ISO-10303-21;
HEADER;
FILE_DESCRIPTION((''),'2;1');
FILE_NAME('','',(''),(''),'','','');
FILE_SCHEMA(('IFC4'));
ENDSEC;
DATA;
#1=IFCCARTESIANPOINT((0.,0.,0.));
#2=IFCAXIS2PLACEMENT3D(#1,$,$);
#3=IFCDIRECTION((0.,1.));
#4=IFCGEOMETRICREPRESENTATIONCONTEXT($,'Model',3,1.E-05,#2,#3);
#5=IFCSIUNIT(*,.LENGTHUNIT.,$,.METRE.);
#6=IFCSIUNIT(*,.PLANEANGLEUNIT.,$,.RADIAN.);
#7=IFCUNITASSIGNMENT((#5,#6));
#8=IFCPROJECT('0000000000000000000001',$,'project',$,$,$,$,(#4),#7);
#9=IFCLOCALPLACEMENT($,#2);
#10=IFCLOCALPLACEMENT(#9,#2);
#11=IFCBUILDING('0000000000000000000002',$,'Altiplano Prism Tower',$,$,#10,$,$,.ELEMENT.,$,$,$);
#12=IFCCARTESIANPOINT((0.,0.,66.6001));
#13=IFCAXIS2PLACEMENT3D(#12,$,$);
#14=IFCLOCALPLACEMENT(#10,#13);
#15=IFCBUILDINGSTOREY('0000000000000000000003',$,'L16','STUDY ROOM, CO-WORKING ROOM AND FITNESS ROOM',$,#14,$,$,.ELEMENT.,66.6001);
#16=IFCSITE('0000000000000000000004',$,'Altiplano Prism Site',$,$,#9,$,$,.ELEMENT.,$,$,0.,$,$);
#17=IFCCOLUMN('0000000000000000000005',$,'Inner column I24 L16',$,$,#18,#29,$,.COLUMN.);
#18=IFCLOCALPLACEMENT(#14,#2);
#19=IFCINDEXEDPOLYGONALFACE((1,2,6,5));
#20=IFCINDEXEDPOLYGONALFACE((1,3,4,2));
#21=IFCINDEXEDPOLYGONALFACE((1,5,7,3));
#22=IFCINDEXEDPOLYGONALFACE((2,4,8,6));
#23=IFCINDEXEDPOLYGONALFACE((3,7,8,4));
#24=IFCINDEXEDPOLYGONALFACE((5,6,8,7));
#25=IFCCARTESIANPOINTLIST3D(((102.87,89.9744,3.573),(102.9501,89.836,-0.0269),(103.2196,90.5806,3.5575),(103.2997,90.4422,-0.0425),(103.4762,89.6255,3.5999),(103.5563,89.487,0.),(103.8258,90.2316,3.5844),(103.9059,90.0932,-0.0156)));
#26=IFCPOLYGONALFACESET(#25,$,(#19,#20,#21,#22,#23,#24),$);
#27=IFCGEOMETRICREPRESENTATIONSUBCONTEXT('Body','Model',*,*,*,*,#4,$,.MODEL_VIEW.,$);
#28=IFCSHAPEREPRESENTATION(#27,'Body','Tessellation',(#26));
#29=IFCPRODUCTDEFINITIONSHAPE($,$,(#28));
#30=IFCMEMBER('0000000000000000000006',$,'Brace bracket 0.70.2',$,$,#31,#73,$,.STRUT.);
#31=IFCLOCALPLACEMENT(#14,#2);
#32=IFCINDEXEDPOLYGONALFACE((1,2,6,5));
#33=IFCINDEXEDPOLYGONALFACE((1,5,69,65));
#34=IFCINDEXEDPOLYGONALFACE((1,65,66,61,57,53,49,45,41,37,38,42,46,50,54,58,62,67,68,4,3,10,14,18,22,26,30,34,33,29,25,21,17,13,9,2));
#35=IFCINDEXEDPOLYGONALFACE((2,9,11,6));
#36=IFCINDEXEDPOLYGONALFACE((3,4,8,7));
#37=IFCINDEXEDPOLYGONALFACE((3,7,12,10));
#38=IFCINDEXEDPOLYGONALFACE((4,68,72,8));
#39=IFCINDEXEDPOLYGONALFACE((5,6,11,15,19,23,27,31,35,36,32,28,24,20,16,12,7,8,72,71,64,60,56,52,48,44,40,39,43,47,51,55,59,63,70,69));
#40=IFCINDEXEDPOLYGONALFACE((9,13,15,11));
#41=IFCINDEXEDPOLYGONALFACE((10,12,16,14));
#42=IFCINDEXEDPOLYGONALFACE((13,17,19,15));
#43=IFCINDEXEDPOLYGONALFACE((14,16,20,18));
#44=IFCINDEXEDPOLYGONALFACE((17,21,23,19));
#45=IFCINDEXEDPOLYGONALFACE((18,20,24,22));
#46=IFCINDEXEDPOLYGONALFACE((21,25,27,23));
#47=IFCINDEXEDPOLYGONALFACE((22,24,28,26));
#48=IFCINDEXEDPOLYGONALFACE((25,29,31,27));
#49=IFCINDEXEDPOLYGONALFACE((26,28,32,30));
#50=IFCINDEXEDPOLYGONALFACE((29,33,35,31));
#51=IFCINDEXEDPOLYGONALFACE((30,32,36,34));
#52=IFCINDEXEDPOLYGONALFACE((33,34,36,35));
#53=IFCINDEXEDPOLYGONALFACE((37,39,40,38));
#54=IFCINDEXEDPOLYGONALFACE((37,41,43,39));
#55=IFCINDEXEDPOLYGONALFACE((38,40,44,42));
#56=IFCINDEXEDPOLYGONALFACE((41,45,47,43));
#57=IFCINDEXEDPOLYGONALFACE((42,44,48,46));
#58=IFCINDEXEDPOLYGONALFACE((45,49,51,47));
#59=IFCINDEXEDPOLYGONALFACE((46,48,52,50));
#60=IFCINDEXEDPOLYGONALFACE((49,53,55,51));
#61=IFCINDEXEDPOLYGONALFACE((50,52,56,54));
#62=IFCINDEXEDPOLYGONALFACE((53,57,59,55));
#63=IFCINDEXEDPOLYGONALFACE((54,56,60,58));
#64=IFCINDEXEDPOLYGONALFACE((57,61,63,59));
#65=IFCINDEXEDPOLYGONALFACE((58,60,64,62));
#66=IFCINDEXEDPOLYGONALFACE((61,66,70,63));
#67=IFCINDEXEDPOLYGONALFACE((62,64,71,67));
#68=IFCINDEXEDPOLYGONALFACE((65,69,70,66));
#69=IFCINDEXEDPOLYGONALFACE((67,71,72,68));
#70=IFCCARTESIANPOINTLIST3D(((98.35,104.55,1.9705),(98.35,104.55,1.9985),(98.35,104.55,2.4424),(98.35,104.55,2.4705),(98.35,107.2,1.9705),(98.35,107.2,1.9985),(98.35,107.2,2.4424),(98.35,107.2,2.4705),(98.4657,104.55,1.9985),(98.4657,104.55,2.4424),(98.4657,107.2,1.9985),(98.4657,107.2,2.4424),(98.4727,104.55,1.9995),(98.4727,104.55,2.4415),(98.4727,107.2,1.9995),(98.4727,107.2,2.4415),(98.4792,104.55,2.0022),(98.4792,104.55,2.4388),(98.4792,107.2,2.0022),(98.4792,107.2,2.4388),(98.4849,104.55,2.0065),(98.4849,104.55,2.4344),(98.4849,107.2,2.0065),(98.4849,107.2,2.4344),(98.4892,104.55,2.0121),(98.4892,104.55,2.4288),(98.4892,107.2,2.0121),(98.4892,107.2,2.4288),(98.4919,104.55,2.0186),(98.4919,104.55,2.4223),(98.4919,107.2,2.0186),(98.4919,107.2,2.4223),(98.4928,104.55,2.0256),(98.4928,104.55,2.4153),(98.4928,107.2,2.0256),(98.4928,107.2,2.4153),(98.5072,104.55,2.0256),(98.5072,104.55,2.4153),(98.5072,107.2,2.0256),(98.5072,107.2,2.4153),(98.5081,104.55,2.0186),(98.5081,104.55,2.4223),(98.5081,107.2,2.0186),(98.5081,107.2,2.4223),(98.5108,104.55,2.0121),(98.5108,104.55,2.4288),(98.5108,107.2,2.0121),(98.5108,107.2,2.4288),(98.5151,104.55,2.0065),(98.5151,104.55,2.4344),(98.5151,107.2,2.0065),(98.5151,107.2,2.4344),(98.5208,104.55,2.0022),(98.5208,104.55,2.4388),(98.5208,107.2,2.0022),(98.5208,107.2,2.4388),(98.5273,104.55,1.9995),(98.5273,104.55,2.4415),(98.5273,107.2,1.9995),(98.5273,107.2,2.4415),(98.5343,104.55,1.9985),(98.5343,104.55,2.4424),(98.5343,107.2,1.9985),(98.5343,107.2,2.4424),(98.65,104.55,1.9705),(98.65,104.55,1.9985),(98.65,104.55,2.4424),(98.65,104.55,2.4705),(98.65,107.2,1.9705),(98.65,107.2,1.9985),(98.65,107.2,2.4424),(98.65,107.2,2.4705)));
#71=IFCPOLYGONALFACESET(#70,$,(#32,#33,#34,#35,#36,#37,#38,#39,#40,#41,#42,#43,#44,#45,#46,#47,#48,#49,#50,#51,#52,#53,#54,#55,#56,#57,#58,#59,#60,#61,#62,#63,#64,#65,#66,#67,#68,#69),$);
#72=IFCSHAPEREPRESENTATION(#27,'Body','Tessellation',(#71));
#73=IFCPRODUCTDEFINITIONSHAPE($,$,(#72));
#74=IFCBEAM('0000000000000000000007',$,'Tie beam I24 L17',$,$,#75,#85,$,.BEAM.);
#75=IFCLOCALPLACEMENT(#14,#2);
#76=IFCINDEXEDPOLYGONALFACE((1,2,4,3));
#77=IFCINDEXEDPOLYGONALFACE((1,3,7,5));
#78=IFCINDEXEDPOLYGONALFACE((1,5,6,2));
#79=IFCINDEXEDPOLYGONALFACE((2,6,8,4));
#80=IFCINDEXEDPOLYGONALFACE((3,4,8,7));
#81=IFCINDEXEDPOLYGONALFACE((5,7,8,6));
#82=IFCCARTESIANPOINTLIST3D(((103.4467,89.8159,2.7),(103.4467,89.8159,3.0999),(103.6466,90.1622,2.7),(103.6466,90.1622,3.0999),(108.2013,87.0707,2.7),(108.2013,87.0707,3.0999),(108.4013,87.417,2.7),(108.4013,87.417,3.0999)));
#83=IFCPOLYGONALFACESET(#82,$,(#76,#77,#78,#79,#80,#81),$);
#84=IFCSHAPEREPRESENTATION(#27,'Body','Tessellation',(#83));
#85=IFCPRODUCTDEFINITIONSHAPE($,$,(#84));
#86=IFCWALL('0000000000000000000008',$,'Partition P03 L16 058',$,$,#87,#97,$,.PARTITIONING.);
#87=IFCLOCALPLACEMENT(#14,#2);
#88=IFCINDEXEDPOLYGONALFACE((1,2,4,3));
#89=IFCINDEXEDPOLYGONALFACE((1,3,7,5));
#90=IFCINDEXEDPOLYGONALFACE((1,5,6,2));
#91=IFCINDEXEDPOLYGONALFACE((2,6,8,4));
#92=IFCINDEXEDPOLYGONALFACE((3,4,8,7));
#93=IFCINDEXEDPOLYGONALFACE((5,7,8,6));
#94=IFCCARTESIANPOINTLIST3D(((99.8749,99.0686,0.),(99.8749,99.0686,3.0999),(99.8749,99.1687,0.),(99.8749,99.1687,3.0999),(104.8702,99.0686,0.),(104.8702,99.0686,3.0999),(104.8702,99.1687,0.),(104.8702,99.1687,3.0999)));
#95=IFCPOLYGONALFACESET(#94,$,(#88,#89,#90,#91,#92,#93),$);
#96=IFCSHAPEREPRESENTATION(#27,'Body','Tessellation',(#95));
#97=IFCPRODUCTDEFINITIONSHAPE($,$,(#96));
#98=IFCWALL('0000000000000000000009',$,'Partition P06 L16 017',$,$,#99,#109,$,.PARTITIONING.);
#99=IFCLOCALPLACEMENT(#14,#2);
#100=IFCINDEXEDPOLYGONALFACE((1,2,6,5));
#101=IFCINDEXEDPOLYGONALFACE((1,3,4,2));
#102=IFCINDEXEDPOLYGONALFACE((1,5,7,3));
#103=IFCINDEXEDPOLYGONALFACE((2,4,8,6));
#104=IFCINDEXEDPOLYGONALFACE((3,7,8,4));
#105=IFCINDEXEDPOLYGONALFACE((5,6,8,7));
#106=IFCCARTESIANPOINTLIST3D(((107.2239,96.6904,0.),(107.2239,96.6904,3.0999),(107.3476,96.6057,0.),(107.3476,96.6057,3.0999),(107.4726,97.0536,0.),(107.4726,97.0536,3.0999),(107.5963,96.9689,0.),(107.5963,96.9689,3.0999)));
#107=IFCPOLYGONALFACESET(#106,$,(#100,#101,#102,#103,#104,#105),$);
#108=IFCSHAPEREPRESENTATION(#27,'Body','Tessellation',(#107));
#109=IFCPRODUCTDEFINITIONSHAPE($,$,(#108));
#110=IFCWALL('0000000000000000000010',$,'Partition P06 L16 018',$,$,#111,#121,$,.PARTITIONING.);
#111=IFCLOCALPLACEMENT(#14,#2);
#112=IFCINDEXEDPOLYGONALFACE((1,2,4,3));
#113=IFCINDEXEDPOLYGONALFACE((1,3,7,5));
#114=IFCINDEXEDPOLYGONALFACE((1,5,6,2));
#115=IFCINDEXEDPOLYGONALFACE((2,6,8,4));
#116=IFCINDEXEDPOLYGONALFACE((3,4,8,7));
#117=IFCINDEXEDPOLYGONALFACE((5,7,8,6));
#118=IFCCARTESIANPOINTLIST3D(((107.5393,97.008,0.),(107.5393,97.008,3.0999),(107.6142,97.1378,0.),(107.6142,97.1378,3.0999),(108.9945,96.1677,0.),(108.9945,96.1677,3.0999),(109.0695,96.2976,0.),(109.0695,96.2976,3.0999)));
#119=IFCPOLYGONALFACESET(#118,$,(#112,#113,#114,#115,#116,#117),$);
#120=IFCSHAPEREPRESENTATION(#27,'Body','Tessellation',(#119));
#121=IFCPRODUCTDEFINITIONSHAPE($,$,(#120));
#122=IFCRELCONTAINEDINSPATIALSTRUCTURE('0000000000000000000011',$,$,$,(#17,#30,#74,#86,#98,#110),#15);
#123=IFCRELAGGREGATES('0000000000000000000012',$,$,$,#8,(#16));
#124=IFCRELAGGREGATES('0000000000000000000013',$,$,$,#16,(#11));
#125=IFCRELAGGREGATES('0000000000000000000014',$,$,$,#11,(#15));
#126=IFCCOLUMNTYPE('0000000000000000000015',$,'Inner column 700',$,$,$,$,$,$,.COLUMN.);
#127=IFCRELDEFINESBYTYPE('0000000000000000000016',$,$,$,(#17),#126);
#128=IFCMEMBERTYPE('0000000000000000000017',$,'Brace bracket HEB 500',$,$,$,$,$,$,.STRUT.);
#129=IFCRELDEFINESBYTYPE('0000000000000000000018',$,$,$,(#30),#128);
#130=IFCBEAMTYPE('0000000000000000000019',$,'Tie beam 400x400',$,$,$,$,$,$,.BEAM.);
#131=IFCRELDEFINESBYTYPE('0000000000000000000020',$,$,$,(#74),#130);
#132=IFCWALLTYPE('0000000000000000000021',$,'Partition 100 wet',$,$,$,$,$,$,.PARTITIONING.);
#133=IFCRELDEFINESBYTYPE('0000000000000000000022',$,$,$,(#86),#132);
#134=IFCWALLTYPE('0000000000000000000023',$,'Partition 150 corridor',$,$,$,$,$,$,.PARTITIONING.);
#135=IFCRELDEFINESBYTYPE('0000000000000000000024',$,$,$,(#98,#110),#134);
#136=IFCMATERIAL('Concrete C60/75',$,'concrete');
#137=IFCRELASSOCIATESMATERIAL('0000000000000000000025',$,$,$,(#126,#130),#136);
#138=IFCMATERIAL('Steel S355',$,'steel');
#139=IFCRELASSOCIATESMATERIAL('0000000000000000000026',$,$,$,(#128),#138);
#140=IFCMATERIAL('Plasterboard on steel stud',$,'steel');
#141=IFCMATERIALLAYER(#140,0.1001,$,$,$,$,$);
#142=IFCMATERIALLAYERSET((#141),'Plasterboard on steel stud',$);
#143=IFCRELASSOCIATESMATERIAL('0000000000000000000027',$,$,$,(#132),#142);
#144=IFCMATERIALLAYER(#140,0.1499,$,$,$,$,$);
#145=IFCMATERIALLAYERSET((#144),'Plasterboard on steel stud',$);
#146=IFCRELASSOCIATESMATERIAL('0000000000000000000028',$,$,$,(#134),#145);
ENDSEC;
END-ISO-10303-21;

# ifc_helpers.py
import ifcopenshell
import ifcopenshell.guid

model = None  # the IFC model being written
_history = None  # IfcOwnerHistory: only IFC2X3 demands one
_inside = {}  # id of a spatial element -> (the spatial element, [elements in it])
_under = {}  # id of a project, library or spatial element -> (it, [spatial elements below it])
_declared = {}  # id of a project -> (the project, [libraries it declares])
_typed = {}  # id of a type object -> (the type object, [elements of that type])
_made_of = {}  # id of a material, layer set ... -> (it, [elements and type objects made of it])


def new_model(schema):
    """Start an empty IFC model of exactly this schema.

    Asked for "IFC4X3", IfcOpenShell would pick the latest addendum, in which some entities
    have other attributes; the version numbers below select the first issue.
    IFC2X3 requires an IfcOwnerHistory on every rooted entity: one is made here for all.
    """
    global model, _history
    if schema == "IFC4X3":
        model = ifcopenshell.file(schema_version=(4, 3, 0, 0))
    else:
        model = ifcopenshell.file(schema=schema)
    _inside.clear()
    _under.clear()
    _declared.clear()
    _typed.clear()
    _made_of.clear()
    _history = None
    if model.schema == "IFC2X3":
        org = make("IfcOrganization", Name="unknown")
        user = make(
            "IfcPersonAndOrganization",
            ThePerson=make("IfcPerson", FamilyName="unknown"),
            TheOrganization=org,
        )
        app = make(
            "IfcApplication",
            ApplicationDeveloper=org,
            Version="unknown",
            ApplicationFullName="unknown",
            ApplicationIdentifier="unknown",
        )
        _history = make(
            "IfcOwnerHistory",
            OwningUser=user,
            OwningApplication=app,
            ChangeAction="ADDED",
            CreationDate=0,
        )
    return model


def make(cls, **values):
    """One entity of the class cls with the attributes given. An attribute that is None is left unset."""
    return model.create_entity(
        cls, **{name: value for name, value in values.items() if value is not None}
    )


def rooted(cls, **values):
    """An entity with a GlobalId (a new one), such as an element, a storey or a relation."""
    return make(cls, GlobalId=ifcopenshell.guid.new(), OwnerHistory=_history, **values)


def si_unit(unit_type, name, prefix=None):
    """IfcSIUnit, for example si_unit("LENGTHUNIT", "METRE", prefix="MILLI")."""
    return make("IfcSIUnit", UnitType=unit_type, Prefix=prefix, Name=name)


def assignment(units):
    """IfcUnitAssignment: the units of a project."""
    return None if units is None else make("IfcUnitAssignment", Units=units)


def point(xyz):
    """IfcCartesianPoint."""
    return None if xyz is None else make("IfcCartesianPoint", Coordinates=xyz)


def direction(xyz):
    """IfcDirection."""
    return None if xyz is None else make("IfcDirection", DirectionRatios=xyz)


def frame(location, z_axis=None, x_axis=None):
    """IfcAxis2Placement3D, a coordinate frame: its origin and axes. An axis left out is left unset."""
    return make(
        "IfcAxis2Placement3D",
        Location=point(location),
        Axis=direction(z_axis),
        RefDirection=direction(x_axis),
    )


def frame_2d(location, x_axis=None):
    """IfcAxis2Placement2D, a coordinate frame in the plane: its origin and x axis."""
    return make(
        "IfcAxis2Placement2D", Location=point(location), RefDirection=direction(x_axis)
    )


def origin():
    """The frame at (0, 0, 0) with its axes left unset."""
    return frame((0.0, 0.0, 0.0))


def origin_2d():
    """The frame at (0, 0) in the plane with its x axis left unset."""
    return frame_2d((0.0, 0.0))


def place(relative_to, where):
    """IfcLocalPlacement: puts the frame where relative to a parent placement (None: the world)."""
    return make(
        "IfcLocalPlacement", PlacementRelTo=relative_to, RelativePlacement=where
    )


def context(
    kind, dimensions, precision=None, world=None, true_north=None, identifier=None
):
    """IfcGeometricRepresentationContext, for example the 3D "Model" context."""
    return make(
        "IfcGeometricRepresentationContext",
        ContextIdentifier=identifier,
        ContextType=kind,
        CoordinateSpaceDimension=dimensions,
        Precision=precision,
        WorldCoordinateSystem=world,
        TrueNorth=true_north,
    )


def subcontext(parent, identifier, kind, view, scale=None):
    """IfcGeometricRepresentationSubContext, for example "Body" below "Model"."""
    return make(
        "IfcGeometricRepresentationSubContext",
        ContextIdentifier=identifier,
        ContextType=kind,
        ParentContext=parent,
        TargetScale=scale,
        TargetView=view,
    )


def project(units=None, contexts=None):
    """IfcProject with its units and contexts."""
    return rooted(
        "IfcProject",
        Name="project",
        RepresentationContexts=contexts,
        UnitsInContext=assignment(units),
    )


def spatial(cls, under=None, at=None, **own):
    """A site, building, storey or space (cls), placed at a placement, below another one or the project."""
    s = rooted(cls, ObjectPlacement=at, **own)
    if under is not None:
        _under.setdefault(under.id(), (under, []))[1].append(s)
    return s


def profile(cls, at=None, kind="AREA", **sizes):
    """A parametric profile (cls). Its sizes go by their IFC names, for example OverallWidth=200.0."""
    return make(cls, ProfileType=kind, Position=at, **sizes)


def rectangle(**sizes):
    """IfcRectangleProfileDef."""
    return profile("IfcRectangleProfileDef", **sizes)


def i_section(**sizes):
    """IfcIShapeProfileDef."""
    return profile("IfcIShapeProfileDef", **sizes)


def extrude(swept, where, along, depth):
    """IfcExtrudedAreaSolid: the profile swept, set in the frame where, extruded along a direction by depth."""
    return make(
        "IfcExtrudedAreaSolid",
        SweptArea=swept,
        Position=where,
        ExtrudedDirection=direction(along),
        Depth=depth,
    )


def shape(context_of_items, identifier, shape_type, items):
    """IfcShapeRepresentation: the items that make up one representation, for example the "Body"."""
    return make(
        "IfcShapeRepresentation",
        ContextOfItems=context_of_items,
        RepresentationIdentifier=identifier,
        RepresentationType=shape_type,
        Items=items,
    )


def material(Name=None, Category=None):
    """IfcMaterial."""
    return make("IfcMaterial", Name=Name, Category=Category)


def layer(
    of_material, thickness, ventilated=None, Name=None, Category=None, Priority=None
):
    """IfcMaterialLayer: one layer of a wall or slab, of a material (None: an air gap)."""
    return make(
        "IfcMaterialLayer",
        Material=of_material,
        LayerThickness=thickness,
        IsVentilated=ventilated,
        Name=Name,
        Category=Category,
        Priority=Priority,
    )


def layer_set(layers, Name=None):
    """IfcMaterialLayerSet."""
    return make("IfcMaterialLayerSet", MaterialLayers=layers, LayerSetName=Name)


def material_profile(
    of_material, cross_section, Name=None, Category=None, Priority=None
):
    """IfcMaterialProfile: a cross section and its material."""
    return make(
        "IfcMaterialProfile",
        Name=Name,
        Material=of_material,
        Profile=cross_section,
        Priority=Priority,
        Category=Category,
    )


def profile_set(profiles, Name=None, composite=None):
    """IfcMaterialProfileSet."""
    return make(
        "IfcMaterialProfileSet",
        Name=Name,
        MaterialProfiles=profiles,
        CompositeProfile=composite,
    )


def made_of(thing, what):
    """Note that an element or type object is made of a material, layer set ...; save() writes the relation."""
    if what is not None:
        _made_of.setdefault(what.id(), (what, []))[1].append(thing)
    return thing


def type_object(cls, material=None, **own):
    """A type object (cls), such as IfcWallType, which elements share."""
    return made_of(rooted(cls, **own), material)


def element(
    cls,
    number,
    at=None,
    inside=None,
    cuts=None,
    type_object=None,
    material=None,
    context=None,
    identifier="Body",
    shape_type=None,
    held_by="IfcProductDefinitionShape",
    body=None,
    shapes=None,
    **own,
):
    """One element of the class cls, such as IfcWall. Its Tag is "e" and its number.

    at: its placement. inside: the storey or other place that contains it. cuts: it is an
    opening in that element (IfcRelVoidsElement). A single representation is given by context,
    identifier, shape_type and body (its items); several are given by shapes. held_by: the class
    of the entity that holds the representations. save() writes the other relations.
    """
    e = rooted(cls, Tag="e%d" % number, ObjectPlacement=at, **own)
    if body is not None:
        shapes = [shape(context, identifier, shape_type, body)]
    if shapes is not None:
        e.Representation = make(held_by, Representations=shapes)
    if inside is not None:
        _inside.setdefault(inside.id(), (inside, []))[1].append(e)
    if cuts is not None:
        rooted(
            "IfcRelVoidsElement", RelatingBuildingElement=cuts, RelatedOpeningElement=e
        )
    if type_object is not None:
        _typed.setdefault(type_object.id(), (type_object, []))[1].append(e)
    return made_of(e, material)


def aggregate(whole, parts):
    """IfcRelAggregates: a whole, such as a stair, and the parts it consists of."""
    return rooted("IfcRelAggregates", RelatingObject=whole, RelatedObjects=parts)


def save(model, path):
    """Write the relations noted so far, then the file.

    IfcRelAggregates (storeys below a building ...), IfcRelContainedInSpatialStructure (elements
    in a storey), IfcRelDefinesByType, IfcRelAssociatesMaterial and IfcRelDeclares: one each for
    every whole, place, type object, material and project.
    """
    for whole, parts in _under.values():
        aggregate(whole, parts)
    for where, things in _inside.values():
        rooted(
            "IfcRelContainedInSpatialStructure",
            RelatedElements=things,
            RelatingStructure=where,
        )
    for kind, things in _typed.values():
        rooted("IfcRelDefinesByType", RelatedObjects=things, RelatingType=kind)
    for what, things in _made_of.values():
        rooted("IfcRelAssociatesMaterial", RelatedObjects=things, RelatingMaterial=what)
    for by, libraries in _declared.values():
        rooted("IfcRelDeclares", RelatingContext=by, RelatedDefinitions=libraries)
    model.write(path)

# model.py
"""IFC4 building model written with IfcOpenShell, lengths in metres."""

from ifc_helpers import new_model, si_unit, direction, frame, frame_2d, origin, origin_2d, place, context, subcontext, project, spatial, rectangle, i_section, extrude, material, layer, layer_set, material_profile, profile_set, type_object, element, save


model = new_model("IFC4")

# Units and contexts
model_context = context("Model", 3, precision=1e-05, world=origin(), true_north=direction((0.0, 1.0)))
body_context = subcontext(model_context, "Body", "Model", "MODEL_VIEW")
ifc_project = project(units=[si_unit("LENGTHUNIT", "METRE"), si_unit("PLANEANGLEUNIT", "RADIAN")], contexts=[model_context])

# Site, building, storey
site_placement = place(None, origin())
site = spatial("IfcSite", under=ifc_project, at=site_placement, Name="Altiplano Prism Site", CompositionType="ELEMENT", RefElevation=0.0)
building_placement = place(site_placement, origin())
building = spatial("IfcBuilding", under=site, at=building_placement, Name="Altiplano Prism Tower", CompositionType="ELEMENT")
storey_placement = place(building_placement, frame((0.0, 0.0, 66.6001)))
storey = spatial("IfcBuildingStorey", under=building, at=storey_placement, Name="L16", Description="STUDY ROOM, CO-WORKING ROOM AND FITNESS ROOM", CompositionType="ELEMENT", Elevation=66.6001)

# Column
ifc_material_1 = material(Name="Concrete C60/75", Category="concrete")
ifc_material_profile_1 = material_profile(ifc_material_1, rectangle(XDim=0.7, YDim=0.7, at=origin_2d()), Name="Inner column 700")
ifc_profile_set_1 = profile_set([ifc_material_profile_1], Name="Concrete C60/75")
column_type = type_object("IfcColumnType", Name="Inner column 700", PredefinedType="COLUMN", material=ifc_profile_set_1)
column_placement = place(storey_placement, frame((103.428, 89.9646, -0.0212), z_axis=(-0.022223, 0.038416, 0.999015), x_axis=(-0.499508, -0.866025, 0.02219)))
element("IfcColumn", 1, at=column_placement, inside=storey, type_object=column_type, Name="Inner column I24 L16", PredefinedType="COLUMN", context=body_context, shape_type="SweptSolid", body=[
    extrude(rectangle(XDim=0.7, YDim=0.7, at=origin_2d()), origin(), (0.0, 0.0, 1.0), 3.6035),
])

# Member
ifc_material_2 = material(Name="Steel S355", Category="steel")
ifc_material_profile_2 = material_profile(ifc_material_2, i_section(OverallWidth=0.3, OverallDepth=0.5, WebThickness=0.0144, FlangeThickness=0.0281, FilletRadius=0.0271, at=origin_2d()), Name="Brace bracket HEB 500")
ifc_profile_set_2 = profile_set([ifc_material_profile_2], Name="Steel S355")
member_type = type_object("IfcMemberType", Name="Brace bracket HEB 500", PredefinedType="STRUT", material=ifc_profile_set_2)
member_placement = place(storey_placement, frame((98.5, 104.55, 2.2205), z_axis=(0.0, 1.0, 0.0), x_axis=(-1.0, 0.0, 0.0)))
element("IfcMember", 2, at=member_placement, inside=storey, type_object=member_type, Name="Brace bracket 0.70.2", PredefinedType="STRUT", context=body_context, shape_type="SweptSolid", body=[
    extrude(i_section(OverallWidth=0.3, OverallDepth=0.5, WebThickness=0.0144, FlangeThickness=0.0281, FilletRadius=0.0271, at=origin_2d()), origin(), (0.0, 0.0, 1.0), 2.6499),
])

# Beam
ifc_material_profile_3 = material_profile(ifc_material_1, rectangle(XDim=0.3999, YDim=0.3999, at=origin_2d()), Name="Tie beam 400x400")
ifc_profile_set_3 = profile_set([ifc_material_profile_3], Name="Concrete C60/75")
beam_type = type_object("IfcBeamType", Name="Tie beam 400x400", PredefinedType="BEAM", material=ifc_profile_set_3)
beam_placement = place(storey_placement, frame((103.5466, 89.989, 2.8999), z_axis=(0.866023, -0.500003, 0.0), x_axis=(0.500003, 0.866023, 0.0)))
element("IfcBeam", 3, at=beam_placement, inside=storey, type_object=beam_type, Name="Tie beam I24 L17", PredefinedType="BEAM", context=body_context, shape_type="SweptSolid", body=[
    extrude(rectangle(XDim=0.3999, YDim=0.3999, at=origin_2d()), origin(), (0.0, 0.0, 1.0), 5.4902),
])

# Walls
ifc_material_3 = material(Name="Plasterboard on steel stud", Category="steel")
ifc_layer_1 = layer(ifc_material_3, 0.1001)
ifc_layer_set_1 = layer_set([ifc_layer_1], Name="Plasterboard on steel stud")
wall_type_1 = type_object("IfcWallType", Name="Partition 100 wet", PredefinedType="PARTITIONING", material=ifc_layer_set_1)
wall_1_placement = place(storey_placement, frame((99.875, 99.1187, 0.0), z_axis=(0.0, 0.0, 1.0), x_axis=(1.0, 0.0, 0.0)))
element("IfcWall", 4, at=wall_1_placement, inside=storey, type_object=wall_type_1, Name="Partition P03 L16 058", PredefinedType="PARTITIONING", context=body_context, shape_type="SweptSolid", body=[
    extrude(rectangle(XDim=4.9954, YDim=0.1001, at=frame_2d((2.4976, 0.0))), origin(), (0.0, 0.0, 1.0), 3.0999),
])
ifc_layer_2 = layer(ifc_material_3, 0.1499)
ifc_layer_set_2 = layer_set([ifc_layer_2], Name="Plasterboard on steel stud")
wall_type_2 = type_object("IfcWallType", Name="Partition 150 corridor", PredefinedType="PARTITIONING", material=ifc_layer_set_2)
wall_2_placement = place(storey_placement, frame((107.2856, 96.6479, 0.0), z_axis=(0.0, 0.0, 1.0), x_axis=(0.565022, 0.825076, 0.0)))
element("IfcWall", 5, at=wall_2_placement, inside=storey, type_object=wall_type_2, Name="Partition P06 L16 017", PredefinedType="PARTITIONING", context=body_context, shape_type="SweptSolid", body=[
    extrude(rectangle(XDim=0.4402, YDim=0.1499, at=frame_2d((0.2202, 0.0))), origin(), (0.0, 0.0, 1.0), 3.0999),
])
wall_3_placement = place(storey_placement, frame((107.5767, 97.073, 0.0), z_axis=(0.0, 0.0, 1.0), x_axis=(0.865999, -0.500045, 0.0)))
element("IfcWall", 6, at=wall_3_placement, inside=storey, type_object=wall_type_2, Name="Partition P06 L16 018", PredefinedType="PARTITIONING", context=body_context, shape_type="SweptSolid", body=[
    extrude(rectangle(XDim=1.6804, YDim=0.1499, at=frame_2d((0.8403, 0.0))), origin(), (0.0, 0.0, 1.0), 3.0999),
])

save(model, "model.ifc")
